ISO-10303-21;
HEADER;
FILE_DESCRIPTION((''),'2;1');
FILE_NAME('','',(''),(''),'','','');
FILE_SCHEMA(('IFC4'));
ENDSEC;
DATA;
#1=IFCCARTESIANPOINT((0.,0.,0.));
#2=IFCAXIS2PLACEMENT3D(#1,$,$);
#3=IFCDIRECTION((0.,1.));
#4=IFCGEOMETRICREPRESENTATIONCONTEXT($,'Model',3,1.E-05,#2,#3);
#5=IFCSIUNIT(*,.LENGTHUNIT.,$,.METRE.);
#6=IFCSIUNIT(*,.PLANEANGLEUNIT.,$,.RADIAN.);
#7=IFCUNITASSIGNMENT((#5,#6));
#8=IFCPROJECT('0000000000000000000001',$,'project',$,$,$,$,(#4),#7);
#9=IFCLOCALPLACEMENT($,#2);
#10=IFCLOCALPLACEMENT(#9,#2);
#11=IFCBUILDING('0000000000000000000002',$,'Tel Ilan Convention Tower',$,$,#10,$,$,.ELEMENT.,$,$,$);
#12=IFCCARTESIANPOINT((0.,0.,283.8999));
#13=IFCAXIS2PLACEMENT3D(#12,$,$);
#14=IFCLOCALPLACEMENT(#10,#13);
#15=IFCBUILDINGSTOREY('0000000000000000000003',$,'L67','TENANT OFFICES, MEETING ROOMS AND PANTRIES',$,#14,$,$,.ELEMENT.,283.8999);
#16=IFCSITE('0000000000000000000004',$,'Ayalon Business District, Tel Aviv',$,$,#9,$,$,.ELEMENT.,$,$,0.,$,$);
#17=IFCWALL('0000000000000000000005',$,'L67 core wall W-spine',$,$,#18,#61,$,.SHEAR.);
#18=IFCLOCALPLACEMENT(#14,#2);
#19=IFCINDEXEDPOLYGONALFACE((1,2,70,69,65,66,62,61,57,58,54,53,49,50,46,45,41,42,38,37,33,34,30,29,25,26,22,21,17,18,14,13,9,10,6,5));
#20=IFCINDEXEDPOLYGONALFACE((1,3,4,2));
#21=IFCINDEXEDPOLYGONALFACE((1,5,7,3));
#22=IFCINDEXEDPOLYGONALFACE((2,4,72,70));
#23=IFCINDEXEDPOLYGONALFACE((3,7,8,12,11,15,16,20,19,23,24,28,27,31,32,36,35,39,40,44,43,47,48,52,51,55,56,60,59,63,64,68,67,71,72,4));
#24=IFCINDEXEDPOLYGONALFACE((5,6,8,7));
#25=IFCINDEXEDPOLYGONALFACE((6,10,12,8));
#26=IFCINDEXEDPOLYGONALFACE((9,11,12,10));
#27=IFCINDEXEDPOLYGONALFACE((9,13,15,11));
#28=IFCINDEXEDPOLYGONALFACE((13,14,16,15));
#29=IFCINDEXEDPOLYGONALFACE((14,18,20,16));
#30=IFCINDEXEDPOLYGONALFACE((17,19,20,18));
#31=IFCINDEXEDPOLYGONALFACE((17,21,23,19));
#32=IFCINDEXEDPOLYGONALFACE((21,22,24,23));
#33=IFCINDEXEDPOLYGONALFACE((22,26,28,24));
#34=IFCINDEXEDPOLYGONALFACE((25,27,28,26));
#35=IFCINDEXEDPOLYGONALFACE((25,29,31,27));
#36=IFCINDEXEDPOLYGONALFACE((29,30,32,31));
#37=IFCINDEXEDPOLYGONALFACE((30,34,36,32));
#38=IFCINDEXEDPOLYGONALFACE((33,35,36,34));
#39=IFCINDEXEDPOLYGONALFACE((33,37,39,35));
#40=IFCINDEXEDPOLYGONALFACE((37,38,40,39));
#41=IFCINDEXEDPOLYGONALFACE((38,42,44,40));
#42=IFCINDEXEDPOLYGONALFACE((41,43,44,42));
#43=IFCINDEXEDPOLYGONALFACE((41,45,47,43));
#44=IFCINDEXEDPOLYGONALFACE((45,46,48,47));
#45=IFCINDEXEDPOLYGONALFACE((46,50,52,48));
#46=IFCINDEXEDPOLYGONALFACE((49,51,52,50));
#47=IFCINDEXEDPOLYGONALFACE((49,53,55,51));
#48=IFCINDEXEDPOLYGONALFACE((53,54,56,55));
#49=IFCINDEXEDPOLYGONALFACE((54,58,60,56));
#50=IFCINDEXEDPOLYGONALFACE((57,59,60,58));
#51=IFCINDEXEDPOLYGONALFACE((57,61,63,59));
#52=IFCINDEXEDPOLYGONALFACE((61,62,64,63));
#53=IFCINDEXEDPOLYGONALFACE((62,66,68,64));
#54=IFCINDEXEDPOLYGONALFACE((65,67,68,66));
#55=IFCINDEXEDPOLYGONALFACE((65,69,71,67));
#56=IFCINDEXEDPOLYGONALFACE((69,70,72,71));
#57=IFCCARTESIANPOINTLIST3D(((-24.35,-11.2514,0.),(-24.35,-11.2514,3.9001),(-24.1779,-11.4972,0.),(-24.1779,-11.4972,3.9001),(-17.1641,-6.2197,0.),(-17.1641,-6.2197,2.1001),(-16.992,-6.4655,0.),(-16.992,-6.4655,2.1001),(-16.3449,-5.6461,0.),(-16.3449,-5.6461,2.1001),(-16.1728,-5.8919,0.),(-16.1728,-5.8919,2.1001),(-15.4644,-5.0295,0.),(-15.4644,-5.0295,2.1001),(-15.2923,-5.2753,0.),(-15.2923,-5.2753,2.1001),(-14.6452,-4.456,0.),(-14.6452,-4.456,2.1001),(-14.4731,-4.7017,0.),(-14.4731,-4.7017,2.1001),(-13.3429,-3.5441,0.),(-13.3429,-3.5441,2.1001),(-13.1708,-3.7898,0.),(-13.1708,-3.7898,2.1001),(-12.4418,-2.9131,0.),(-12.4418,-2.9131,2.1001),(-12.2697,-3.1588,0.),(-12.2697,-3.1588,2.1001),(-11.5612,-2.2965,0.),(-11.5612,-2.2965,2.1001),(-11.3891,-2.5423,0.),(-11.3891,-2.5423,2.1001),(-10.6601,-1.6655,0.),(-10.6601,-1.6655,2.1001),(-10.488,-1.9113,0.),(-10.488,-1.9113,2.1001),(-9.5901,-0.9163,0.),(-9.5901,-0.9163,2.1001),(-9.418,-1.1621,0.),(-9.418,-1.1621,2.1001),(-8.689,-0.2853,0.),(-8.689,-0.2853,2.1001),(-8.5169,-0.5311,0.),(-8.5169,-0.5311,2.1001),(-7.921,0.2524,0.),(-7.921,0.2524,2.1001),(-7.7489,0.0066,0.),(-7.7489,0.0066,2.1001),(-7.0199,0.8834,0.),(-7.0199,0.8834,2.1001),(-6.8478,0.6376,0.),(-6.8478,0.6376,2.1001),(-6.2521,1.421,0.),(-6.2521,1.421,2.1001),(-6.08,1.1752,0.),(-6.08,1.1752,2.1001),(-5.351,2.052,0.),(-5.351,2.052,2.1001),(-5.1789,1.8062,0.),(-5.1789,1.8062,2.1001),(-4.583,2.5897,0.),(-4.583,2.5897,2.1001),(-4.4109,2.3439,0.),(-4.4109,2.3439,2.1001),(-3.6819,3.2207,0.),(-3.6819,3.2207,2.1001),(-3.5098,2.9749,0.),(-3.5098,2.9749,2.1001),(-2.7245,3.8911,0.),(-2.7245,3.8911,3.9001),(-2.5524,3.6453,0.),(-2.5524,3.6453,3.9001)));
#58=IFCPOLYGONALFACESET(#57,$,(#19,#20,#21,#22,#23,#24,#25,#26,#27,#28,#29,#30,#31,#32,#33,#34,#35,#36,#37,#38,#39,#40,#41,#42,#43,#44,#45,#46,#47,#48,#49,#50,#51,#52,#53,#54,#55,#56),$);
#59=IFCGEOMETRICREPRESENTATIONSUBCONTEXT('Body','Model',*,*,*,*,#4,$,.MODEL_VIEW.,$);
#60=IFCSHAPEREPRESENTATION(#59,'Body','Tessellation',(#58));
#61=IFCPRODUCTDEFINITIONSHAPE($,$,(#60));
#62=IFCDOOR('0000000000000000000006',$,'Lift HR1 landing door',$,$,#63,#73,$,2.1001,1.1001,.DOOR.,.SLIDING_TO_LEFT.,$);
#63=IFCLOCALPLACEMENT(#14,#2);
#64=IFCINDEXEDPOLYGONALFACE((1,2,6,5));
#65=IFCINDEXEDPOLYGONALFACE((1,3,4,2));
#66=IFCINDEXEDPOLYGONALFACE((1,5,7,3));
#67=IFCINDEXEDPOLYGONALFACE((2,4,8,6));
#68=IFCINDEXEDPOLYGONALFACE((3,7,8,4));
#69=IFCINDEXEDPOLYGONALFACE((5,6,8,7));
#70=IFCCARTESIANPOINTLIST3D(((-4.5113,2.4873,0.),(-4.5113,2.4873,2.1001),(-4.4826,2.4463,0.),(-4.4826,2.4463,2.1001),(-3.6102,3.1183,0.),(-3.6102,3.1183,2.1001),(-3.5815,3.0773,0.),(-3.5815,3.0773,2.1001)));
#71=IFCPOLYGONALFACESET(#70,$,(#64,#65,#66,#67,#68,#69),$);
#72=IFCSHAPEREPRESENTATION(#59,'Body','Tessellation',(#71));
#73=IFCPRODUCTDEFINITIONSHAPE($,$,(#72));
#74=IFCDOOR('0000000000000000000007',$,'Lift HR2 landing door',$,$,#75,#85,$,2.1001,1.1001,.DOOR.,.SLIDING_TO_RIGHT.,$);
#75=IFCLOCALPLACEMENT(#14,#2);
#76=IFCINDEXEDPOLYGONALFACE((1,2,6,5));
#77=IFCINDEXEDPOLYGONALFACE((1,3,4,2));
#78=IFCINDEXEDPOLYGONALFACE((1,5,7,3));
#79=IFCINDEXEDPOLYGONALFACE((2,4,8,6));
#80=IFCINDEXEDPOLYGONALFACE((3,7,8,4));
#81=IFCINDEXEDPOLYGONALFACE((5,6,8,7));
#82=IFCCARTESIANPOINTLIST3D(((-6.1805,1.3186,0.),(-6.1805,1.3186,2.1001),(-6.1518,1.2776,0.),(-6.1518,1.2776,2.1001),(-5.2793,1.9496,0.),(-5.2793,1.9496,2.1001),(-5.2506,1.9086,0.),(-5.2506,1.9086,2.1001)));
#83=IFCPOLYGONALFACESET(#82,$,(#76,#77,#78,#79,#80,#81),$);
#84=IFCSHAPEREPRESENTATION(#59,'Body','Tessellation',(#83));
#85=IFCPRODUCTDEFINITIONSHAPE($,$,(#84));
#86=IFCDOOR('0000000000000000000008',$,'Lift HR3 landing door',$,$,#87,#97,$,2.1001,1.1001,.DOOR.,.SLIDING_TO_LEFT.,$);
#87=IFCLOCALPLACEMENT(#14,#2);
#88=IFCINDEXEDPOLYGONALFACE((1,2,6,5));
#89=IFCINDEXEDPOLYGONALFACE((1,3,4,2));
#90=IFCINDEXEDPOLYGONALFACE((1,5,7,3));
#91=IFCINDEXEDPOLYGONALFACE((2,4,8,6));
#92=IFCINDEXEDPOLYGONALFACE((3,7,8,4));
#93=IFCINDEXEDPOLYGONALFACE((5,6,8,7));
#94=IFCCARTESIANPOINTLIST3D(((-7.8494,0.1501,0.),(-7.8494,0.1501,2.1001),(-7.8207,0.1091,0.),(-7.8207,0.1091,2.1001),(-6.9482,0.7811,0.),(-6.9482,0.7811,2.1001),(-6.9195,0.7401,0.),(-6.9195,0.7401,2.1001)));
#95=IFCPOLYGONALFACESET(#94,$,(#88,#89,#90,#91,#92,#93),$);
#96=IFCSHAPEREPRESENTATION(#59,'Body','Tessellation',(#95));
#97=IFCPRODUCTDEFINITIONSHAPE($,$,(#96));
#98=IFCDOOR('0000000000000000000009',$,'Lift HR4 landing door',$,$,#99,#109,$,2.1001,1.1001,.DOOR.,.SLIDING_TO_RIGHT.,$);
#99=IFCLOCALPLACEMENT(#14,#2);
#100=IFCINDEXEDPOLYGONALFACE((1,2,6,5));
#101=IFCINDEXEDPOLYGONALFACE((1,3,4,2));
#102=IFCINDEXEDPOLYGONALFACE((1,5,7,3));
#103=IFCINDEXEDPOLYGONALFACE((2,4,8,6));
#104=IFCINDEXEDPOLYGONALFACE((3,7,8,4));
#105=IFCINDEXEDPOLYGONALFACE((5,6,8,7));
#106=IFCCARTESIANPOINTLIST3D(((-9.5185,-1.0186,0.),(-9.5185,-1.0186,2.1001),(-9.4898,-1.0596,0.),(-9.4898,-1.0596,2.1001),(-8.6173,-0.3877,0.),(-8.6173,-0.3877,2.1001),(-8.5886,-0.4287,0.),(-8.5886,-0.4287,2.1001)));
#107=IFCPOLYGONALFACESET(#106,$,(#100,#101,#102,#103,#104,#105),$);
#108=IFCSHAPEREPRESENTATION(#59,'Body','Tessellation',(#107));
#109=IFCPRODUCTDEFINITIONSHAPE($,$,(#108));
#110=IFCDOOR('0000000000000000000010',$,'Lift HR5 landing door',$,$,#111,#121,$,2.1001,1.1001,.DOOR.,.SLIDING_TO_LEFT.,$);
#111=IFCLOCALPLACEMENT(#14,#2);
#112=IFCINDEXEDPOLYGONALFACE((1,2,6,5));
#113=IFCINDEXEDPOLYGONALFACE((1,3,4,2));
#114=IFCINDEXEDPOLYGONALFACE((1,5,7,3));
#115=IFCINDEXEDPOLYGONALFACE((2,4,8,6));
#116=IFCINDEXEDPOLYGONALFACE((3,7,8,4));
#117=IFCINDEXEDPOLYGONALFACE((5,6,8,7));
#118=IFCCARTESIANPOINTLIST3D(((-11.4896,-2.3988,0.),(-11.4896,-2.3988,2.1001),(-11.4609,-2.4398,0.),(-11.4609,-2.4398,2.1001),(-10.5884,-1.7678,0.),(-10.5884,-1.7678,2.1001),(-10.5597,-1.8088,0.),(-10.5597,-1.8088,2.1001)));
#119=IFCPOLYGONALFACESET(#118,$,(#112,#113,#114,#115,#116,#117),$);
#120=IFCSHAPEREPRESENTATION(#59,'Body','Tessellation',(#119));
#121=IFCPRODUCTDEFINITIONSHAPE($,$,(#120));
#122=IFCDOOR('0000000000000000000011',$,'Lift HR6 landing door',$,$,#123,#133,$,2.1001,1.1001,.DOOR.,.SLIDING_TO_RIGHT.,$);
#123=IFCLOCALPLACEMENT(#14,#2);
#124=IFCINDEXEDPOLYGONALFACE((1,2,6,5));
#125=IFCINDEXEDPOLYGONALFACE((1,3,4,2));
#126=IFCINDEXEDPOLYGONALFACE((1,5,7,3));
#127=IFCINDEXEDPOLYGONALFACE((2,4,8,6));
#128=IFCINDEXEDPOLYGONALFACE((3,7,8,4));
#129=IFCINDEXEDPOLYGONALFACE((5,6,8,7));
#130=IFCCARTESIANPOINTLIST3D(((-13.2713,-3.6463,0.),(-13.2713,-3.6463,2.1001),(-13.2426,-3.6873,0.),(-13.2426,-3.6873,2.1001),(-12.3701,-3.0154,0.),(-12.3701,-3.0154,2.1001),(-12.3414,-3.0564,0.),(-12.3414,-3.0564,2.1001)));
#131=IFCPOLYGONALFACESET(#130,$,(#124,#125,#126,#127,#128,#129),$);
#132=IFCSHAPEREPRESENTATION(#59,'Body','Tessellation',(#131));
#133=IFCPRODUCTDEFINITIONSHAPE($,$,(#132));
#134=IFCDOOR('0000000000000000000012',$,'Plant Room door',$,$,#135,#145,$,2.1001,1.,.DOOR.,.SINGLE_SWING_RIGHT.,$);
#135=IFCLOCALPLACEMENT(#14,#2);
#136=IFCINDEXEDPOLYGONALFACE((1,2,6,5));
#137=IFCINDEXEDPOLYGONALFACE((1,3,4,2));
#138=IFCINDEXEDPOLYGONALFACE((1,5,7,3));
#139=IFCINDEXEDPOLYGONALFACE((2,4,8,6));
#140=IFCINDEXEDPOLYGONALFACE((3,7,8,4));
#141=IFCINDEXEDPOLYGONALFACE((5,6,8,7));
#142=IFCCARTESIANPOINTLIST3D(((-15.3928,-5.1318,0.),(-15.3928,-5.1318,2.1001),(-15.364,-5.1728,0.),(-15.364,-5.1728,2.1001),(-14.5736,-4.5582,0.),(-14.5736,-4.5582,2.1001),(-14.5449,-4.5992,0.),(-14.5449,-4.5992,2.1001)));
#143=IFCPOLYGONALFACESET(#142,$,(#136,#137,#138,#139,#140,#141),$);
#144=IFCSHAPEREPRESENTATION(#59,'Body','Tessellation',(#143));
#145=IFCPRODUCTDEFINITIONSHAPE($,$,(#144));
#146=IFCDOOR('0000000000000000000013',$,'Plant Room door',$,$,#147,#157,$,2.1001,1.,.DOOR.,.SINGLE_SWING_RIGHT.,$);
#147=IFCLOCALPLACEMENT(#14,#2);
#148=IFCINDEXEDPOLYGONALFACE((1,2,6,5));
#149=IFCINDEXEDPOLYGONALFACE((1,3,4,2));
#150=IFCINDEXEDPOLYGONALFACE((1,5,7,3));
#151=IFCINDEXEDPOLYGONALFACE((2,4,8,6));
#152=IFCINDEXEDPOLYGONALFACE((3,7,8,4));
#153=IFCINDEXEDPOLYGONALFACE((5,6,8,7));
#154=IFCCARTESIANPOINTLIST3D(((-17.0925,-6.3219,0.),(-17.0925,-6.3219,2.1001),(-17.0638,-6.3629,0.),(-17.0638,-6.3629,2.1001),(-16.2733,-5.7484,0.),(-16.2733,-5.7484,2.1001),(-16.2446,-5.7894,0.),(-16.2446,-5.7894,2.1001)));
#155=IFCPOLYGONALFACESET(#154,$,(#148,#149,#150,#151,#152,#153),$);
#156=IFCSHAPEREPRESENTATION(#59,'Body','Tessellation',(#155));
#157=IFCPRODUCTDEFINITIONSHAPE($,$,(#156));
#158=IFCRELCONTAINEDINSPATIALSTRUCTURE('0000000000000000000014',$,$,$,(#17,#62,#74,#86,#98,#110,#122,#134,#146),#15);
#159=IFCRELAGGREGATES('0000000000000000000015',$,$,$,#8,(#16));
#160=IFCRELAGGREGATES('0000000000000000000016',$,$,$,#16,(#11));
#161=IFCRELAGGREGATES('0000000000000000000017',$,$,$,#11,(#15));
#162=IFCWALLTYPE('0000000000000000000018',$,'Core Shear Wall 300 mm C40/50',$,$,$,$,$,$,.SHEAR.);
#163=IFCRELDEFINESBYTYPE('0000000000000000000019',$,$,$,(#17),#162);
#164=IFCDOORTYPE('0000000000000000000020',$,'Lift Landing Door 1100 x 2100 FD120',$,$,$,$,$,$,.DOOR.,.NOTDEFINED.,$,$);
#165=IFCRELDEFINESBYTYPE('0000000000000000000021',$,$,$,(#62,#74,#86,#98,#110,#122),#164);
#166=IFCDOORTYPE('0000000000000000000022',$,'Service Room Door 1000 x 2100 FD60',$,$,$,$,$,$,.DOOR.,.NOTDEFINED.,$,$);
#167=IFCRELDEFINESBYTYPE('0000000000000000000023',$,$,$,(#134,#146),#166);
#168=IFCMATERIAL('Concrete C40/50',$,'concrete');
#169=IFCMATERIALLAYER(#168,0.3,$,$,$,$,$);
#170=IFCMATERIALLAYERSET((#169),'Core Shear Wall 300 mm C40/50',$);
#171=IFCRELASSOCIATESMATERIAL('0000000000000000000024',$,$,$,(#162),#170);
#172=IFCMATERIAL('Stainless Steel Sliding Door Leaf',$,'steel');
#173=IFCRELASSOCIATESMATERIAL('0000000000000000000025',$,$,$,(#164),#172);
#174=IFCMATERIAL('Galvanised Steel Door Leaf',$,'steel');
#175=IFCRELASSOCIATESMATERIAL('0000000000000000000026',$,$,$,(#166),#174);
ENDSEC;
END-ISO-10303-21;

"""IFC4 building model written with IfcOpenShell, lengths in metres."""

from ifc_helpers import new_model, si_unit, direction, frame, frame_2d, origin, place, context, subcontext, project, spatial, polyline, rectangle, outline, extrude, material, layer, layer_set, type_object, element, fill, save


model = new_model("IFC4")

# Units and contexts
model_context = context("Model", 3, precision=1e-05, world=origin(), true_north=direction((0.0, 1.0)))
body_context = subcontext(model_context, "Body", "Model", "MODEL_VIEW")
ifc_project = project(units=[si_unit("LENGTHUNIT", "METRE"), si_unit("PLANEANGLEUNIT", "RADIAN")], contexts=[model_context])

# Site, building, storey
site_placement = place(None, origin())
site = spatial("IfcSite", under=ifc_project, at=site_placement, Name="Ayalon Business District, Tel Aviv", CompositionType="ELEMENT", RefElevation=0.0)
building_placement = place(site_placement, origin())
building = spatial("IfcBuilding", under=site, at=building_placement, Name="Tel Ilan Convention Tower", CompositionType="ELEMENT")
storey_placement = place(building_placement, frame((0.0, 0.0, 283.8999)))
storey = spatial("IfcBuildingStorey", under=building, at=storey_placement, Name="L67", Description="TENANT OFFICES, MEETING ROOMS AND PANTRIES", CompositionType="ELEMENT", Elevation=283.8999)

# Wall, openings, doors
ifc_material_1 = material(Name="Concrete C40/50", Category="concrete")
ifc_layer_1 = layer(ifc_material_1, 0.3)
ifc_layer_set_1 = layer_set([ifc_layer_1], Name="Core Shear Wall 300 mm C40/50")
wall_type_1 = type_object("IfcWallType", Name="Core Shear Wall 300 mm C40/50", PredefinedType="SHEAR", material=ifc_layer_set_1)
wall_1_placement = place(storey_placement, frame((-2.6384, 3.7681, 0.0), z_axis=(0.0, 0.0, 1.0), x_axis=(-0.819155, -0.573572, 0.0)))
wall_1 = element("IfcWall", 1, at=wall_1_placement, inside=storey, type_object=wall_type_1, Name="L67 core wall W-spine", PredefinedType="SHEAR", context=body_context, shape_type="SweptSolid", body=[
    extrude(outline(polyline([(26.3999, 0.1501), (0.0, 0.1499), (0.0, -0.1501), (26.3999, -0.1499), (26.3999, 0.1501)])), origin(), (0.0, 0.0, 1.0), 3.9001),
])
opening_1_placement = place(wall_1_placement, frame((1.1687, 0.0, 0.0)))
opening_1 = element("IfcOpeningElement", 2, at=opening_1_placement, cuts=wall_1, PredefinedType="OPENING", context=body_context, shape_type="SweptSolid", body=[
    extrude(rectangle(XDim=1.1001, YDim=2.1001, at=frame_2d((0.55, 1.05))), frame((0.0, 0.1599, 0.0), z_axis=(0.0, -1.0, 0.0), x_axis=(1.0, 0.0, 0.0)), (0.0, 0.0, 1.0), 0.3201),
])
opening_2_placement = place(wall_1_placement, frame((3.2063, 0.0, 0.0)))
opening_2 = element("IfcOpeningElement", 3, at=opening_2_placement, cuts=wall_1, PredefinedType="OPENING", context=body_context, shape_type="SweptSolid", body=[
    extrude(rectangle(XDim=1.1001, YDim=2.1001, at=frame_2d((0.55, 1.05))), frame((0.0, 0.1599, 0.0), z_axis=(0.0, -1.0, 0.0), x_axis=(1.0, 0.0, 0.0)), (0.0, 0.0, 1.0), 0.3201),
])
opening_3_placement = place(wall_1_placement, frame((5.2437, 0.0, 0.0)))
opening_3 = element("IfcOpeningElement", 4, at=opening_3_placement, cuts=wall_1, PredefinedType="OPENING", context=body_context, shape_type="SweptSolid", body=[
    extrude(rectangle(XDim=1.1001, YDim=2.1001, at=frame_2d((0.55, 1.05))), frame((0.0, 0.1599, 0.0), z_axis=(0.0, -1.0, 0.0), x_axis=(1.0, 0.0, 0.0)), (0.0, 0.0, 1.0), 0.3201),
])
opening_4_placement = place(wall_1_placement, frame((7.2812, 0.0, 0.0)))
opening_4 = element("IfcOpeningElement", 5, at=opening_4_placement, cuts=wall_1, PredefinedType="OPENING", context=body_context, shape_type="SweptSolid", body=[
    extrude(rectangle(XDim=1.1001, YDim=2.1001, at=frame_2d((0.55, 1.05))), frame((0.0, 0.1599, 0.0), z_axis=(0.0, -1.0, 0.0), x_axis=(1.0, 0.0, 0.0)), (0.0, 0.0, 1.0), 0.3201),
])
opening_5_placement = place(wall_1_placement, frame((9.6875, 0.0, 0.0)))
opening_5 = element("IfcOpeningElement", 6, at=opening_5_placement, cuts=wall_1, PredefinedType="OPENING", context=body_context, shape_type="SweptSolid", body=[
    extrude(rectangle(XDim=1.1001, YDim=2.1001, at=frame_2d((0.55, 1.05))), frame((0.0, 0.1599, 0.0), z_axis=(0.0, -1.0, 0.0), x_axis=(1.0, 0.0, 0.0)), (0.0, 0.0, 1.0), 0.3201),
])
opening_6_placement = place(wall_1_placement, frame((11.8625, 0.0, 0.0)))
opening_6 = element("IfcOpeningElement", 7, at=opening_6_placement, cuts=wall_1, PredefinedType="OPENING", context=body_context, shape_type="SweptSolid", body=[
    extrude(rectangle(XDim=1.1001, YDim=2.1001, at=frame_2d((0.55, 1.05))), frame((0.0, 0.1599, 0.0), z_axis=(0.0, -1.0, 0.0), x_axis=(1.0, 0.0, 0.0)), (0.0, 0.0, 1.0), 0.3201),
])
opening_7_placement = place(wall_1_placement, frame((14.5525, 0.0, 0.0)))
opening_7 = element("IfcOpeningElement", 8, at=opening_7_placement, cuts=wall_1, PredefinedType="OPENING", context=body_context, shape_type="SweptSolid", body=[
    extrude(rectangle(XDim=1.0, YDim=2.1001, at=frame_2d((0.5, 1.05))), frame((0.0, 0.1599, 0.0), z_axis=(0.0, -1.0, 0.0), x_axis=(1.0, 0.0, 0.0)), (0.0, 0.0, 1.0), 0.3201),
])
opening_8_placement = place(wall_1_placement, frame((16.6274, 0.0, 0.0)))
opening_8 = element("IfcOpeningElement", 9, at=opening_8_placement, cuts=wall_1, PredefinedType="OPENING", context=body_context, shape_type="SweptSolid", body=[
    extrude(rectangle(XDim=1.0, YDim=2.1001, at=frame_2d((0.5, 1.05))), frame((0.0, 0.1599, 0.0), z_axis=(0.0, -1.0, 0.0), x_axis=(1.0, 0.0, 0.0)), (0.0, 0.0, 1.0), 0.3201),
])
ifc_material_2 = material(Name="Stainless Steel Sliding Door Leaf", Category="steel")
door_type_1 = type_object("IfcDoorType", Name="Lift Landing Door 1100 x 2100 FD120", OperationType="NOTDEFINED", PredefinedType="DOOR", material=ifc_material_2)
door_1_placement = place(opening_1_placement, origin())
door_1 = element("IfcDoor", 10, at=door_1_placement, inside=storey, type_object=door_type_1, Name="Lift HR1 landing door", OperationType="SLIDING_TO_LEFT", OverallHeight=2.1001, OverallWidth=1.1001, PredefinedType="DOOR", context=body_context, shape_type="SweptSolid", body=[
    extrude(rectangle(XDim=1.1001, YDim=2.1001, at=frame_2d((0.55, 1.05))), frame((0.0, 0.0249, 0.0), z_axis=(0.0, -1.0, 0.0), x_axis=(1.0, 0.0, 0.0)), (0.0, 0.0, 1.0), 0.05),
])
fill(opening_1, door_1)
door_2_placement = place(opening_2_placement, origin())
door_2 = element("IfcDoor", 11, at=door_2_placement, inside=storey, type_object=door_type_1, Name="Lift HR2 landing door", OperationType="SLIDING_TO_RIGHT", OverallHeight=2.1001, OverallWidth=1.1001, PredefinedType="DOOR", context=body_context, shape_type="SweptSolid", body=[
    extrude(rectangle(XDim=1.1001, YDim=2.1001, at=frame_2d((0.55, 1.05))), frame((0.0, 0.0249, 0.0), z_axis=(0.0, -1.0, 0.0), x_axis=(1.0, 0.0, 0.0)), (0.0, 0.0, 1.0), 0.05),
])
fill(opening_2, door_2)
door_3_placement = place(opening_3_placement, origin())
door_3 = element("IfcDoor", 12, at=door_3_placement, inside=storey, type_object=door_type_1, Name="Lift HR3 landing door", OperationType="SLIDING_TO_LEFT", OverallHeight=2.1001, OverallWidth=1.1001, PredefinedType="DOOR", context=body_context, shape_type="SweptSolid", body=[
    extrude(rectangle(XDim=1.1001, YDim=2.1001, at=frame_2d((0.55, 1.05))), frame((0.0, 0.0249, 0.0), z_axis=(0.0, -1.0, 0.0), x_axis=(1.0, 0.0, 0.0)), (0.0, 0.0, 1.0), 0.05),
])
fill(opening_3, door_3)
door_4_placement = place(opening_4_placement, origin())
door_4 = element("IfcDoor", 13, at=door_4_placement, inside=storey, type_object=door_type_1, Name="Lift HR4 landing door", OperationType="SLIDING_TO_RIGHT", OverallHeight=2.1001, OverallWidth=1.1001, PredefinedType="DOOR", context=body_context, shape_type="SweptSolid", body=[
    extrude(rectangle(XDim=1.1001, YDim=2.1001, at=frame_2d((0.55, 1.05))), frame((0.0, 0.0249, 0.0), z_axis=(0.0, -1.0, 0.0), x_axis=(1.0, 0.0, 0.0)), (0.0, 0.0, 1.0), 0.05),
])
fill(opening_4, door_4)
door_5_placement = place(opening_5_placement, origin())
door_5 = element("IfcDoor", 14, at=door_5_placement, inside=storey, type_object=door_type_1, Name="Lift HR5 landing door", OperationType="SLIDING_TO_LEFT", OverallHeight=2.1001, OverallWidth=1.1001, PredefinedType="DOOR", context=body_context, shape_type="SweptSolid", body=[
    extrude(rectangle(XDim=1.1001, YDim=2.1001, at=frame_2d((0.55, 1.05))), frame((0.0, 0.0249, 0.0), z_axis=(0.0, -1.0, 0.0), x_axis=(1.0, 0.0, 0.0)), (0.0, 0.0, 1.0), 0.05),
])
fill(opening_5, door_5)
door_6_placement = place(opening_6_placement, origin())
door_6 = element("IfcDoor", 15, at=door_6_placement, inside=storey, type_object=door_type_1, Name="Lift HR6 landing door", OperationType="SLIDING_TO_RIGHT", OverallHeight=2.1001, OverallWidth=1.1001, PredefinedType="DOOR", context=body_context, shape_type="SweptSolid", body=[
    extrude(rectangle(XDim=1.1001, YDim=2.1001, at=frame_2d((0.55, 1.05))), frame((0.0, 0.0249, 0.0), z_axis=(0.0, -1.0, 0.0), x_axis=(1.0, 0.0, 0.0)), (0.0, 0.0, 1.0), 0.05),
])
fill(opening_6, door_6)
ifc_material_3 = material(Name="Galvanised Steel Door Leaf", Category="steel")
door_type_2 = type_object("IfcDoorType", Name="Service Room Door 1000 x 2100 FD60", OperationType="NOTDEFINED", PredefinedType="DOOR", material=ifc_material_3)
door_7_placement = place(opening_7_placement, origin())
door_7 = element("IfcDoor", 16, at=door_7_placement, inside=storey, type_object=door_type_2, Name="Plant Room door", OperationType="SINGLE_SWING_RIGHT", OverallHeight=2.1001, OverallWidth=1.0, PredefinedType="DOOR", context=body_context, shape_type="SweptSolid", body=[
    extrude(rectangle(XDim=1.0, YDim=2.1001, at=frame_2d((0.5, 1.05))), frame((0.0, 0.0249, 0.0), z_axis=(0.0, -1.0, 0.0), x_axis=(1.0, 0.0, 0.0)), (0.0, 0.0, 1.0), 0.05),
])
fill(opening_7, door_7)
door_8_placement = place(opening_8_placement, origin())
door_8 = element("IfcDoor", 17, at=door_8_placement, inside=storey, type_object=door_type_2, Name="Plant Room door", OperationType="SINGLE_SWING_RIGHT", OverallHeight=2.1001, OverallWidth=1.0, PredefinedType="DOOR", context=body_context, shape_type="SweptSolid", body=[
    extrude(rectangle(XDim=1.0, YDim=2.1001, at=frame_2d((0.5, 1.05))), frame((0.0, 0.0249, 0.0), z_axis=(0.0, -1.0, 0.0), x_axis=(1.0, 0.0, 0.0)), (0.0, 0.0, 1.0), 0.05),
])
fill(opening_8, door_8)

save(model, "model.ifc")
